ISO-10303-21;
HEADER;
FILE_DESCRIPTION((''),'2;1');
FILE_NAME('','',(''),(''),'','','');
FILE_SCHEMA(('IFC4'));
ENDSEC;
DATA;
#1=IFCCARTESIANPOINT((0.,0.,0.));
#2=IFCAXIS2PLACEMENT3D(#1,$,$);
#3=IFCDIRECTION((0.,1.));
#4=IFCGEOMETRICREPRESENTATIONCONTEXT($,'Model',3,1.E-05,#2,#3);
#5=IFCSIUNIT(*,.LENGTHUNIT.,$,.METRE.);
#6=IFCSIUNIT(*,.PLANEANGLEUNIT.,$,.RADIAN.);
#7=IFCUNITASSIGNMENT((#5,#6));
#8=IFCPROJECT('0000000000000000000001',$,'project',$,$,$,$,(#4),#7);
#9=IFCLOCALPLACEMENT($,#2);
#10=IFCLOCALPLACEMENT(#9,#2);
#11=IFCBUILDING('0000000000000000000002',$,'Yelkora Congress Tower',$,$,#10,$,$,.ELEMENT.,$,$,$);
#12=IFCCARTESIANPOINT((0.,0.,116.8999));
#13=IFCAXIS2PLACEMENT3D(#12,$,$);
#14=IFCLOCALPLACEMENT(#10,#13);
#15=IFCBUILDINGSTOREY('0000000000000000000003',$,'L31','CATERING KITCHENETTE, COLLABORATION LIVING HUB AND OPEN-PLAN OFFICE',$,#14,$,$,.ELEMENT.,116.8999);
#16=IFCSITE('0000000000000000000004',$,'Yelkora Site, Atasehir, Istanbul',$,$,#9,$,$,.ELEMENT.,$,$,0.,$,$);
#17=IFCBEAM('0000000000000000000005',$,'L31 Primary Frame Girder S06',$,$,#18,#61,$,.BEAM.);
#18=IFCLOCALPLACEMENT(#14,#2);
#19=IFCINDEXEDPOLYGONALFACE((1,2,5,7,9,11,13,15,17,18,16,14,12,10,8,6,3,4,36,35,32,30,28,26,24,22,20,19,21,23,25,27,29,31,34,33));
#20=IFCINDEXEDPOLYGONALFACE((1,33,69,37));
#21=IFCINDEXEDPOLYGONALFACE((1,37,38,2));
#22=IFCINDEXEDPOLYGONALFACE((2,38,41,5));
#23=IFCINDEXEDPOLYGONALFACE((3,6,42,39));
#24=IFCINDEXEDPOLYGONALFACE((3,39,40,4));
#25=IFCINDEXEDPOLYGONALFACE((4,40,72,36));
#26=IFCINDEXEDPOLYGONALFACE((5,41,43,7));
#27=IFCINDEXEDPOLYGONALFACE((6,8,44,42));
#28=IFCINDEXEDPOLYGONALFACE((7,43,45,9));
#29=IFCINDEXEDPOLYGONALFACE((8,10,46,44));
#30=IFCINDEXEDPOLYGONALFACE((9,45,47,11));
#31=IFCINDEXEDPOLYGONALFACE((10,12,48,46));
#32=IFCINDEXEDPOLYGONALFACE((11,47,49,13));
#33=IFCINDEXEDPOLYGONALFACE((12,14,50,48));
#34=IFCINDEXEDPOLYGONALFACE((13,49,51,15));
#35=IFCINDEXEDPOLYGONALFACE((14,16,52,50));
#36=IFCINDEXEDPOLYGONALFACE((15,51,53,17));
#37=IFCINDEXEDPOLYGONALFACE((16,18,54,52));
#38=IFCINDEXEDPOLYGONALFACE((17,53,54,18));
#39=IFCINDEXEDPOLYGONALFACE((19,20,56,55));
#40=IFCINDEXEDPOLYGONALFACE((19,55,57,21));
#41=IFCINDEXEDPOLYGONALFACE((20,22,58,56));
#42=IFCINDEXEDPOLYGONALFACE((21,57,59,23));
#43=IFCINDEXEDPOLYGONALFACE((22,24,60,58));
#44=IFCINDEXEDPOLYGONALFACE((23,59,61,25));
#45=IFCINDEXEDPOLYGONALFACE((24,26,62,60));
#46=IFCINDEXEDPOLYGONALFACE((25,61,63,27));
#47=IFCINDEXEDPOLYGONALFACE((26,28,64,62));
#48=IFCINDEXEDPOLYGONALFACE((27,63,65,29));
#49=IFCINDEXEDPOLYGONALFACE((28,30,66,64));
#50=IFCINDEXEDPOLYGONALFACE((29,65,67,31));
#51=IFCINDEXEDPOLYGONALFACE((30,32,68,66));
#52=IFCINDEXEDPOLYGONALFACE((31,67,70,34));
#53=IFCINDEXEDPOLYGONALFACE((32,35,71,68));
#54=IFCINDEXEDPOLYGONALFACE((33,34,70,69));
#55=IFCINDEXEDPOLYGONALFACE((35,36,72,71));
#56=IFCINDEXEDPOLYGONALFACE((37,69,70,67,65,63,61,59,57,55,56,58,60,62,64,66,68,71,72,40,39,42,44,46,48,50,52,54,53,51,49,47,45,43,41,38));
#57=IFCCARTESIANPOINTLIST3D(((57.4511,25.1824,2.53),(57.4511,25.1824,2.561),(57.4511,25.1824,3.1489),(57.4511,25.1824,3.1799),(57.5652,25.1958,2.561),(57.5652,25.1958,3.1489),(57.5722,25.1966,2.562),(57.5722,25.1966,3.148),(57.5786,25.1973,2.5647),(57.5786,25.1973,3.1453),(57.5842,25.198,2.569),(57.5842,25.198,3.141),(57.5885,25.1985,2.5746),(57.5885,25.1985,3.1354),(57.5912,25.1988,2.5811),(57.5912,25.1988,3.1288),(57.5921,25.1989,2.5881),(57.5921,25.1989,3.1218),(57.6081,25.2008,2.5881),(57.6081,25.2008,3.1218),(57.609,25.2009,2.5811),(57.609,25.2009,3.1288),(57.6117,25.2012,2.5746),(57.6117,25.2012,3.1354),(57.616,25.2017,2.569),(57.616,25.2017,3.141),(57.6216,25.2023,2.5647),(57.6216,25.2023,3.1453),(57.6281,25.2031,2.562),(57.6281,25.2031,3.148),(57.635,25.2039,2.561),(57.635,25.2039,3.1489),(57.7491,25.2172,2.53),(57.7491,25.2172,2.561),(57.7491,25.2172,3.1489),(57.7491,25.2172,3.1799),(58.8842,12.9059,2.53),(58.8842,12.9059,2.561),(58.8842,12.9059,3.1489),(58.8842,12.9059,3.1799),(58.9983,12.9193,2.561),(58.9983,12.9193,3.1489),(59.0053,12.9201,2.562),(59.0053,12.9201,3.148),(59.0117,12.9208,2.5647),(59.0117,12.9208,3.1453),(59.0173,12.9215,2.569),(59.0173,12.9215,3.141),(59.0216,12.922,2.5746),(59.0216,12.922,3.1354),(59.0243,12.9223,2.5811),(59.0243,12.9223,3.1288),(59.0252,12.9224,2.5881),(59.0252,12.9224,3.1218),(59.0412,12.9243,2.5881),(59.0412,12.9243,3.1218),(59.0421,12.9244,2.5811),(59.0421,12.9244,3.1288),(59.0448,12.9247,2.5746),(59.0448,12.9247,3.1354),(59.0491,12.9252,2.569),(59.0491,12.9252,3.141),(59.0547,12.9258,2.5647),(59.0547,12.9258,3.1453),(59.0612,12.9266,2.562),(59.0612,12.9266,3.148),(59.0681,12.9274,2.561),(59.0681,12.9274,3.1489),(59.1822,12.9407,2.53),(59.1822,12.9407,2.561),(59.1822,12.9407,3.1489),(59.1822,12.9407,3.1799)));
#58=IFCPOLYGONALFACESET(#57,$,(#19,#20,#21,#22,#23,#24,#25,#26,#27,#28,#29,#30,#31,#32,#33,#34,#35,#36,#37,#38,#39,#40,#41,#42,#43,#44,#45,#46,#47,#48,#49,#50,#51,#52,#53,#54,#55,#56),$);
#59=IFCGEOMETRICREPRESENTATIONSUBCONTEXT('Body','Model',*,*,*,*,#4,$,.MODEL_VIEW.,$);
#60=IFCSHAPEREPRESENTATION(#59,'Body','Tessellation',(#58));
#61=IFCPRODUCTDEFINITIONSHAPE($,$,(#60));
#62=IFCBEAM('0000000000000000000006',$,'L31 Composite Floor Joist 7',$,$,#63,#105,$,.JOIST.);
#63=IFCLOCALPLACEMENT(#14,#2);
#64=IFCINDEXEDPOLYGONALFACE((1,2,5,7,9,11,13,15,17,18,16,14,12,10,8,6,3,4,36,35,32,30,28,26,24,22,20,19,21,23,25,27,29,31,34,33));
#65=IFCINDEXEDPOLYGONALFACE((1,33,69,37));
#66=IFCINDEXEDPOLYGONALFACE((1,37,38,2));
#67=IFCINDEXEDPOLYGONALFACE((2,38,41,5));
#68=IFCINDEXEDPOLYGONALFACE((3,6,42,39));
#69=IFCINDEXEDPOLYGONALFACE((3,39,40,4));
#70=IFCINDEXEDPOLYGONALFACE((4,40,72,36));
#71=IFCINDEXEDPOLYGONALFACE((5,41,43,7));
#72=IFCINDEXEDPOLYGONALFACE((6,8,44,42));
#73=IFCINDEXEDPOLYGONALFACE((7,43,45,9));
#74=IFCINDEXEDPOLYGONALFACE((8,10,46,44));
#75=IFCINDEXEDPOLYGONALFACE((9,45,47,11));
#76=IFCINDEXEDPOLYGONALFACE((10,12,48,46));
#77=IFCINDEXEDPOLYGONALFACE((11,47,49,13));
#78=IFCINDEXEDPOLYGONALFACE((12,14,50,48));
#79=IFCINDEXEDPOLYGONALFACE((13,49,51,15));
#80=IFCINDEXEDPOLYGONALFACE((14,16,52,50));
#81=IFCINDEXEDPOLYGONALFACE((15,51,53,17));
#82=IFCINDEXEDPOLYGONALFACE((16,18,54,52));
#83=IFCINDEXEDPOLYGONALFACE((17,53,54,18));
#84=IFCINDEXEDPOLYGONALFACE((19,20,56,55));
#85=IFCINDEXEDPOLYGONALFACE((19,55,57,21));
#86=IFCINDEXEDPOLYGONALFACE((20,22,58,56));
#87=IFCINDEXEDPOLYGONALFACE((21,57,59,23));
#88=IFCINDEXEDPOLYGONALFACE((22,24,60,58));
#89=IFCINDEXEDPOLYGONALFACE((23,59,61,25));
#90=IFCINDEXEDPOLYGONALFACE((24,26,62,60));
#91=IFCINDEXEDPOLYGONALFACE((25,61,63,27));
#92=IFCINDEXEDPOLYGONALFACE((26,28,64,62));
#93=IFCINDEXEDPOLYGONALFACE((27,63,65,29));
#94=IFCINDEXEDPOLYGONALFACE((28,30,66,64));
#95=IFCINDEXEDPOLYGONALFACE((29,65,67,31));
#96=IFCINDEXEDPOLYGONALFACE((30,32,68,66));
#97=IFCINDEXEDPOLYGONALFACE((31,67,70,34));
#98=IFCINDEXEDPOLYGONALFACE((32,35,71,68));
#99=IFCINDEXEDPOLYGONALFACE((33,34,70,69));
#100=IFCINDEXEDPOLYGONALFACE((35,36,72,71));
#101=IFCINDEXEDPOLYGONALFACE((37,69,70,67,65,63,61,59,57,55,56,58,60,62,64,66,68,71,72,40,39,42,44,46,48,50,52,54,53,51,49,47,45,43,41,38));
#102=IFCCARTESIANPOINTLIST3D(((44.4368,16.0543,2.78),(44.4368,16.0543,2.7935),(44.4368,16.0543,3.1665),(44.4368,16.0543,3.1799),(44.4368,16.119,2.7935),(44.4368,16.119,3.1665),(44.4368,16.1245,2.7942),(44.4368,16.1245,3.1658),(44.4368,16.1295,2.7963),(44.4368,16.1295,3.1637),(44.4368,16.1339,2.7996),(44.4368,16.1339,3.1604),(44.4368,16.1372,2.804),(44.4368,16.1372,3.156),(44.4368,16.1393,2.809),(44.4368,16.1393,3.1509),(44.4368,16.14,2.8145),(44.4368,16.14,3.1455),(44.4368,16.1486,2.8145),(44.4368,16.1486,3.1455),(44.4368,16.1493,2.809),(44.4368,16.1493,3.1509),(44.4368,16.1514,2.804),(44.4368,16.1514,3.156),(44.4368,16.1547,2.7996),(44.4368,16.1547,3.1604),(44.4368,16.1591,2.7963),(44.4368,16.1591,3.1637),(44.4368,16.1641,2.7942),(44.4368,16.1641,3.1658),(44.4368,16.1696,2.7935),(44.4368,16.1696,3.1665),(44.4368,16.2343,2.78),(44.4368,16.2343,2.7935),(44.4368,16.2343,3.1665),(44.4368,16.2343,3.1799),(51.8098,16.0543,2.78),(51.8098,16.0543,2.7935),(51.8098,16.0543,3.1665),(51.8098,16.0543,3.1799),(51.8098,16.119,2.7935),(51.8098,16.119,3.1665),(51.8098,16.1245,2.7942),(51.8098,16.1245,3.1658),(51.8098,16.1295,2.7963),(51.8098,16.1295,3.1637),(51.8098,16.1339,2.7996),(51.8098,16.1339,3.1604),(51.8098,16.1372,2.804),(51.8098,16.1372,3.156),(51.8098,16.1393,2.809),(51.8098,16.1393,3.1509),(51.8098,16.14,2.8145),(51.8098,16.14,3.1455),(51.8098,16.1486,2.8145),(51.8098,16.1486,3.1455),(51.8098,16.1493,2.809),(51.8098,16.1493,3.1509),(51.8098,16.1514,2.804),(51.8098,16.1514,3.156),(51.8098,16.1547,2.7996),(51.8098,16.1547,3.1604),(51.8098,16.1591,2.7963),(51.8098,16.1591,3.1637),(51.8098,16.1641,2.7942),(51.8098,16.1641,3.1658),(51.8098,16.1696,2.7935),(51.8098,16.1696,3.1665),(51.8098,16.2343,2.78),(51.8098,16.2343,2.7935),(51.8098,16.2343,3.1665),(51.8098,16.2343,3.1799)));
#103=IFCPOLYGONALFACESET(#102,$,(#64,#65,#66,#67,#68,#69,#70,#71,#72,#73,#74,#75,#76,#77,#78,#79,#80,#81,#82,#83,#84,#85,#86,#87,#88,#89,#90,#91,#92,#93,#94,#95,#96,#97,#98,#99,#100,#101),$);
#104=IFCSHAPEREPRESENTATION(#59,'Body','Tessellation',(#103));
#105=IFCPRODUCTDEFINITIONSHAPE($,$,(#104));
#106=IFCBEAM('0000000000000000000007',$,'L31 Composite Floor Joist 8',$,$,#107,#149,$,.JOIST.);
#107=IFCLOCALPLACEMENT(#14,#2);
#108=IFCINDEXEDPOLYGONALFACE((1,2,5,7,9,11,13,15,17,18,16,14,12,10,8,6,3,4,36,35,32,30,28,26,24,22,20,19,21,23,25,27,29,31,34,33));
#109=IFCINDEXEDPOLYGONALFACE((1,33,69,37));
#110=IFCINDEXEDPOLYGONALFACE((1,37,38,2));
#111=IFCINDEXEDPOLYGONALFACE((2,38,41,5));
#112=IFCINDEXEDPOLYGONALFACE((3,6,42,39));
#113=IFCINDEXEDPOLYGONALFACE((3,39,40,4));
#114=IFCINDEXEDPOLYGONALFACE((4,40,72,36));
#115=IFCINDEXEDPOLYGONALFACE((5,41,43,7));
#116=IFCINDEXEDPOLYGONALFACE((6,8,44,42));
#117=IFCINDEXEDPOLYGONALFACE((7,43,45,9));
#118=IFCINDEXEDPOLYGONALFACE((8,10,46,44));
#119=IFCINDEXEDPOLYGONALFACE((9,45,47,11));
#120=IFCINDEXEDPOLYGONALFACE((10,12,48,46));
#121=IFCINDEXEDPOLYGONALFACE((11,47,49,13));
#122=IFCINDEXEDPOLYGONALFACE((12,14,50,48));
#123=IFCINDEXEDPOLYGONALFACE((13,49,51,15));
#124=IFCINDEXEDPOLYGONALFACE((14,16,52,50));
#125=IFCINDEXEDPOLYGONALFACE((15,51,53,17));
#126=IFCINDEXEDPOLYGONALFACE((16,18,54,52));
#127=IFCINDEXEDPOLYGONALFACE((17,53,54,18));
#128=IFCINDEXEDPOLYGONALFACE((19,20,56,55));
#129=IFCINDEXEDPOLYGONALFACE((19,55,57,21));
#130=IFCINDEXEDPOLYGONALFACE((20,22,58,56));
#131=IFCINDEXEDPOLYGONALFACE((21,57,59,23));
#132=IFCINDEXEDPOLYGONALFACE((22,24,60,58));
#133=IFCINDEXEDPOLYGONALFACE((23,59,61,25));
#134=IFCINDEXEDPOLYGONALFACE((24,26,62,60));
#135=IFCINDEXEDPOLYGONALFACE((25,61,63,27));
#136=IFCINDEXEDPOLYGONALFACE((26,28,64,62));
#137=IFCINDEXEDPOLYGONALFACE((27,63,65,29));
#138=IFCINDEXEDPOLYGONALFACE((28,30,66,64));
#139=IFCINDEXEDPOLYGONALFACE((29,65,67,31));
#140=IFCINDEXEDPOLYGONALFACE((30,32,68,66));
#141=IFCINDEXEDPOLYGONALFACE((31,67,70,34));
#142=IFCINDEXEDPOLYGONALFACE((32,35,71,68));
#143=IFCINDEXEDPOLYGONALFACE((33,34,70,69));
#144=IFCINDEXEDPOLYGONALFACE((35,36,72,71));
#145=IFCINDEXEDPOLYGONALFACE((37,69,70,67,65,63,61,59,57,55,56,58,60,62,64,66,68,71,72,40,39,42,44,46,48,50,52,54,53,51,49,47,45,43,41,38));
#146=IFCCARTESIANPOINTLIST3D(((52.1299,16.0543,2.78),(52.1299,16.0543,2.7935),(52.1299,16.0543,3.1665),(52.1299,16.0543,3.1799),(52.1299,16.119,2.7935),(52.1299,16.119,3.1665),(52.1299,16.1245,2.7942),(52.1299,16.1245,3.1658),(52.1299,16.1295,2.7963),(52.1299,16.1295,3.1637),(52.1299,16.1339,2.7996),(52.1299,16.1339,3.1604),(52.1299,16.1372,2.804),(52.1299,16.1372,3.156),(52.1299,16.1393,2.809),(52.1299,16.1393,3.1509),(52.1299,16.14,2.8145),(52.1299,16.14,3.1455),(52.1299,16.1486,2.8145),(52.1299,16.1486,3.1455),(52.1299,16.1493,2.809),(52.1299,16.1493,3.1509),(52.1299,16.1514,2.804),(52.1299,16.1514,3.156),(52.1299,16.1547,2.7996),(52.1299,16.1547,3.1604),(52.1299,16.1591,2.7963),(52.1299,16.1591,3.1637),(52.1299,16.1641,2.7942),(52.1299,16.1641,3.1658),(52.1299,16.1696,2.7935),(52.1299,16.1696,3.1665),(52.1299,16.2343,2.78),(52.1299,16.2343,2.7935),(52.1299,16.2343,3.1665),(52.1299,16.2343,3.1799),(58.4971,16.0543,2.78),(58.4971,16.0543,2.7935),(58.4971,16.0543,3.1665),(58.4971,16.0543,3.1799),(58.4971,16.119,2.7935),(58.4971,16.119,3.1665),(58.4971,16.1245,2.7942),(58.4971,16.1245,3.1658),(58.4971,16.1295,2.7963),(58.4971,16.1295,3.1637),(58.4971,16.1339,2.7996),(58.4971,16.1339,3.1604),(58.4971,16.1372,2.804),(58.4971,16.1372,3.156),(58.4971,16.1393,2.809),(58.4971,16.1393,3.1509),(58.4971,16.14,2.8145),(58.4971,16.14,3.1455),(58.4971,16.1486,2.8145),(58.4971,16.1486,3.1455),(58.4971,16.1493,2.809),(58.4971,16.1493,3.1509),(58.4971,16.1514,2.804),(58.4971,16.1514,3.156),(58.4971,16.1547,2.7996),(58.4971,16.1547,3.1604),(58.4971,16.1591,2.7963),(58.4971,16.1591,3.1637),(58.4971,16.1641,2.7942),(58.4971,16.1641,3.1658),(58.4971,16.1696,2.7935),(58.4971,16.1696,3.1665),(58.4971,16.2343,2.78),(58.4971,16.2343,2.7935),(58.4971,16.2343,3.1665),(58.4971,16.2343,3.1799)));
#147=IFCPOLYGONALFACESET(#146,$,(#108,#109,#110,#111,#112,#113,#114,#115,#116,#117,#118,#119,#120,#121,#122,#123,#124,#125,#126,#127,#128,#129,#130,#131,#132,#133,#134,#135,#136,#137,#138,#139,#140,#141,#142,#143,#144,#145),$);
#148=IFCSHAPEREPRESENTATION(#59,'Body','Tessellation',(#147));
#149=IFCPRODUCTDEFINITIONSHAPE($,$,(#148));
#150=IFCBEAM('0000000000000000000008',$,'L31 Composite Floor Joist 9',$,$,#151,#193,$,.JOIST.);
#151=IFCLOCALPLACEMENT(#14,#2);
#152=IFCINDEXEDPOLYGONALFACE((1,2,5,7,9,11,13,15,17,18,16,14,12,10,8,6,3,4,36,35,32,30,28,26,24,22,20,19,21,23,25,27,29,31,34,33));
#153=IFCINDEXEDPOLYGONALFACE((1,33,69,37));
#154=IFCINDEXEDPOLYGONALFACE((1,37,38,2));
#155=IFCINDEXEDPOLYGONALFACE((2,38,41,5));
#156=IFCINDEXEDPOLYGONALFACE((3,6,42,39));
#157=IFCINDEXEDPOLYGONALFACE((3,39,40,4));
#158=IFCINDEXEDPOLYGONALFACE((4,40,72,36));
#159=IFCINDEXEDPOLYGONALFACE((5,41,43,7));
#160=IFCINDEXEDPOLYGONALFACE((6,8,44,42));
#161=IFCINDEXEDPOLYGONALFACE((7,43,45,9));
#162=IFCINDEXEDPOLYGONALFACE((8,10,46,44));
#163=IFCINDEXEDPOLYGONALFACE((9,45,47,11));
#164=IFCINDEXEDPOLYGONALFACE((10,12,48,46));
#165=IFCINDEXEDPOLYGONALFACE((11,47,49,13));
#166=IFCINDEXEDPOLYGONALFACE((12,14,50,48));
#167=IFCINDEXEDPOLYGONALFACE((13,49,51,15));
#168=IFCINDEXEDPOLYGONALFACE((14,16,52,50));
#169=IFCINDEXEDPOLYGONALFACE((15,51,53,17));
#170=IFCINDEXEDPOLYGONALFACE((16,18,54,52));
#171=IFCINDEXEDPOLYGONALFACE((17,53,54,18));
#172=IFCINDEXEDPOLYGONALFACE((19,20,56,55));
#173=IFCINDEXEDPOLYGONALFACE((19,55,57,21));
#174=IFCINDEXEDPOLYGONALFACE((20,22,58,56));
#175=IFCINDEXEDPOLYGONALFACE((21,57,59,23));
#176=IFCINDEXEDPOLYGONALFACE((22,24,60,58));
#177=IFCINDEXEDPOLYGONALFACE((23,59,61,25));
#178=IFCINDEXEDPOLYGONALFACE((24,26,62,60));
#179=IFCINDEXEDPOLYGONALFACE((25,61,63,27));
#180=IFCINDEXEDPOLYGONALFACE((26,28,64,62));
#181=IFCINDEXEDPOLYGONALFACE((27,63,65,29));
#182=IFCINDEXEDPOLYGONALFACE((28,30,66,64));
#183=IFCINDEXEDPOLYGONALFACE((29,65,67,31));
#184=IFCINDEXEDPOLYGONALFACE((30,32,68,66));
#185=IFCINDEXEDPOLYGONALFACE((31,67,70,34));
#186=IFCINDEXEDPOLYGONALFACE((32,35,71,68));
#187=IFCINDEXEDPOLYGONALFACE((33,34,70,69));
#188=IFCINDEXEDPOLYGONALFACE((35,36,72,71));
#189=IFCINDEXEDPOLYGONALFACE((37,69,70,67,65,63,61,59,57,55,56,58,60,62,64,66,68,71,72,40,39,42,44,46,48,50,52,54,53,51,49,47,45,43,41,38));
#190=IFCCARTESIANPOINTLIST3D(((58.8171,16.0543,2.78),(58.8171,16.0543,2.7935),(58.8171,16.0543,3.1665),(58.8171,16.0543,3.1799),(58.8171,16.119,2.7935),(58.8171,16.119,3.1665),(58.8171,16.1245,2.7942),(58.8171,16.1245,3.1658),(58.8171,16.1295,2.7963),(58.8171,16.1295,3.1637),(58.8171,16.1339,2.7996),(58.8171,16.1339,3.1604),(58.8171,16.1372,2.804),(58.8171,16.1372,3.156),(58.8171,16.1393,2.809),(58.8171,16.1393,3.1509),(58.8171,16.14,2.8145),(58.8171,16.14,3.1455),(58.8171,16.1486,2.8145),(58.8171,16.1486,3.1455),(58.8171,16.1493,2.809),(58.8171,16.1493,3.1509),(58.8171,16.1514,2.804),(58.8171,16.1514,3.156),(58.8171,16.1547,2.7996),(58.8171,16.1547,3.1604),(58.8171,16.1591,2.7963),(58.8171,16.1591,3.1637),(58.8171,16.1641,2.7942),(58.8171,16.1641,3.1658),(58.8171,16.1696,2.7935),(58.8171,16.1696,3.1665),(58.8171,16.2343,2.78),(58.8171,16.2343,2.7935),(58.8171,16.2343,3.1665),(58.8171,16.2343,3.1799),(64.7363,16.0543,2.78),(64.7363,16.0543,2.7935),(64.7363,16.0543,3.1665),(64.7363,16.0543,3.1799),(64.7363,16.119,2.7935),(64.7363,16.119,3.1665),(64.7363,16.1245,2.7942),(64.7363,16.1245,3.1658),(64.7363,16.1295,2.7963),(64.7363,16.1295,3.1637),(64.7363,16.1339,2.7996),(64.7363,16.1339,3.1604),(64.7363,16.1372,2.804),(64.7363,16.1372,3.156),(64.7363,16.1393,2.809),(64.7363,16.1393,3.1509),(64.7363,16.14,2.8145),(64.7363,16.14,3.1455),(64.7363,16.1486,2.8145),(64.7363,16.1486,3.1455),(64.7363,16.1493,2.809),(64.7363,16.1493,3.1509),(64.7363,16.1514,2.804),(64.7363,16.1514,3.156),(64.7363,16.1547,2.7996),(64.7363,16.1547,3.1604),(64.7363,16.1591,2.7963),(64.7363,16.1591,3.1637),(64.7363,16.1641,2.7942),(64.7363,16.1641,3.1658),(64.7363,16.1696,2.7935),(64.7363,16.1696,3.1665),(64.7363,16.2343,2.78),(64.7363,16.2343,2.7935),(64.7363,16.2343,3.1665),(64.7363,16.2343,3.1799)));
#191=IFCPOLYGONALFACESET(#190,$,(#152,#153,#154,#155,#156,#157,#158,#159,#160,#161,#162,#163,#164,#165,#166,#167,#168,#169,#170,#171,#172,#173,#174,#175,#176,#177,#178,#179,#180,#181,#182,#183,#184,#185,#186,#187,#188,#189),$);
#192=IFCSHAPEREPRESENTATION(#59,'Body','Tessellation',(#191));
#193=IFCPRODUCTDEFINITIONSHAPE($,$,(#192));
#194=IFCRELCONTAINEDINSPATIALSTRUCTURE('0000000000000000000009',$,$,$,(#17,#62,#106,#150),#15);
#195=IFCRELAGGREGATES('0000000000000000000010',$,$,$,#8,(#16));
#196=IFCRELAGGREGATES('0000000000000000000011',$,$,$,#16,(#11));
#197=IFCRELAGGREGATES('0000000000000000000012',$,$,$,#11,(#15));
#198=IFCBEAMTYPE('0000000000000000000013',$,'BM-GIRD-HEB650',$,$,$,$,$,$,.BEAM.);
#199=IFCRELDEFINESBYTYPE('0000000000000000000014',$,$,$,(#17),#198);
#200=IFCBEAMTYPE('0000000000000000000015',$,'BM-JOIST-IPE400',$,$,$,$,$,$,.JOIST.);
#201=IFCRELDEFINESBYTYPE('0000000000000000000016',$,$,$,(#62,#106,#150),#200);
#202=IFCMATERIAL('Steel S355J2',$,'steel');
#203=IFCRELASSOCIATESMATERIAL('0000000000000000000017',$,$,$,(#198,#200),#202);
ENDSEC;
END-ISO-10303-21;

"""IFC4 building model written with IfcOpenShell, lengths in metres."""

from ifc_helpers import new_model, si_unit, direction, frame, origin, origin_2d, place, context, subcontext, project, spatial, i_section, extrude, material, material_profile, profile_set, type_object, element, save


model = new_model("IFC4")

# Units and contexts
model_context = context("Model", 3, precision=1e-05, world=origin(), true_north=direction((0.0, 1.0)))
body_context = subcontext(model_context, "Body", "Model", "MODEL_VIEW")
ifc_project = project(units=[si_unit("LENGTHUNIT", "METRE"), si_unit("PLANEANGLEUNIT", "RADIAN")], contexts=[model_context])

# Site, building, storey
site_placement = place(None, origin())
site = spatial("IfcSite", under=ifc_project, at=site_placement, Name="Yelkora Site, Atasehir, Istanbul", CompositionType="ELEMENT", RefElevation=0.0)
building_placement = place(site_placement, origin())
building = spatial("IfcBuilding", under=site, at=building_placement, Name="Yelkora Congress Tower", CompositionType="ELEMENT")
storey_placement = place(building_placement, frame((0.0, 0.0, 116.8999)))
storey = spatial("IfcBuildingStorey", under=building, at=storey_placement, Name="L31", Description="CATERING KITCHENETTE, COLLABORATION LIVING HUB AND OPEN-PLAN OFFICE", CompositionType="ELEMENT", Elevation=116.8999)

# Beams
ifc_material_1 = material(Name="Steel S355J2", Category="steel")
ifc_material_profile_1 = material_profile(ifc_material_1, i_section(OverallWidth=0.3, OverallDepth=0.6499, WebThickness=0.0161, FlangeThickness=0.031, FilletRadius=0.0271, at=origin_2d()), Name="HEB 650")
ifc_profile_set_1 = profile_set([ifc_material_profile_1], Name="Steel S355J2")
beam_type_1 = type_object("IfcBeamType", Name="BM-GIRD-HEB650", PredefinedType="BEAM", material=ifc_profile_set_1)
beam_1_placement = place(storey_placement, frame((59.0332, 12.9233, 2.855), z_axis=(-0.115947, 0.993255, 0.0), x_axis=(-0.993255, -0.115947, 0.0)))
element("IfcBeam", 1, at=beam_1_placement, inside=storey, type_object=beam_type_1, Name="L31 Primary Frame Girder S06", PredefinedType="BEAM", context=body_context, shape_type="SweptSolid", body=[
    extrude(i_section(OverallWidth=0.3, OverallDepth=0.6499, WebThickness=0.0161, FlangeThickness=0.031, FilletRadius=0.0271, at=origin_2d()), origin(), (0.0, 0.0, 1.0), 12.3599),
])
ifc_material_profile_2 = material_profile(ifc_material_1, i_section(OverallWidth=0.1799, OverallDepth=0.3999, WebThickness=0.0085, FlangeThickness=0.0134, FilletRadius=0.021, at=origin_2d()), Name="IPE 400")
ifc_profile_set_2 = profile_set([ifc_material_profile_2], Name="Steel S355J2")
beam_type_2 = type_object("IfcBeamType", Name="BM-JOIST-IPE400", PredefinedType="JOIST", material=ifc_profile_set_2)
beam_2_placement = place(storey_placement, frame((44.4368, 16.1443, 2.98), z_axis=(1.0, 0.0, 0.0), x_axis=(0.0, 1.0, 0.0)))
element("IfcBeam", 2, at=beam_2_placement, inside=storey, type_object=beam_type_2, Name="L31 Composite Floor Joist 7", PredefinedType="JOIST", context=body_context, shape_type="SweptSolid", body=[
    extrude(i_section(OverallWidth=0.1799, OverallDepth=0.3999, WebThickness=0.0085, FlangeThickness=0.0134, FilletRadius=0.021, at=origin_2d()), origin(), (0.0, 0.0, 1.0), 7.373),
])
beam_3_placement = place(storey_placement, frame((52.1299, 16.1443, 2.98), z_axis=(1.0, 0.0, 0.0), x_axis=(0.0, 1.0, 0.0)))
element("IfcBeam", 3, at=beam_3_placement, inside=storey, type_object=beam_type_2, Name="L31 Composite Floor Joist 8", PredefinedType="JOIST", context=body_context, shape_type="SweptSolid", body=[
    extrude(i_section(OverallWidth=0.1799, OverallDepth=0.3999, WebThickness=0.0085, FlangeThickness=0.0134, FilletRadius=0.021, at=origin_2d()), origin(), (0.0, 0.0, 1.0), 6.3672),
])
beam_4_placement = place(storey_placement, frame((58.8171, 16.1443, 2.98), z_axis=(1.0, 0.0, 0.0), x_axis=(0.0, 1.0, 0.0)))
element("IfcBeam", 4, at=beam_4_placement, inside=storey, type_object=beam_type_2, Name="L31 Composite Floor Joist 9", PredefinedType="JOIST", context=body_context, shape_type="SweptSolid", body=[
    extrude(i_section(OverallWidth=0.1799, OverallDepth=0.3999, WebThickness=0.0085, FlangeThickness=0.0134, FilletRadius=0.021, at=origin_2d()), origin(), (0.0, 0.0, 1.0), 5.9192),
])

save(model, "model.ifc")
